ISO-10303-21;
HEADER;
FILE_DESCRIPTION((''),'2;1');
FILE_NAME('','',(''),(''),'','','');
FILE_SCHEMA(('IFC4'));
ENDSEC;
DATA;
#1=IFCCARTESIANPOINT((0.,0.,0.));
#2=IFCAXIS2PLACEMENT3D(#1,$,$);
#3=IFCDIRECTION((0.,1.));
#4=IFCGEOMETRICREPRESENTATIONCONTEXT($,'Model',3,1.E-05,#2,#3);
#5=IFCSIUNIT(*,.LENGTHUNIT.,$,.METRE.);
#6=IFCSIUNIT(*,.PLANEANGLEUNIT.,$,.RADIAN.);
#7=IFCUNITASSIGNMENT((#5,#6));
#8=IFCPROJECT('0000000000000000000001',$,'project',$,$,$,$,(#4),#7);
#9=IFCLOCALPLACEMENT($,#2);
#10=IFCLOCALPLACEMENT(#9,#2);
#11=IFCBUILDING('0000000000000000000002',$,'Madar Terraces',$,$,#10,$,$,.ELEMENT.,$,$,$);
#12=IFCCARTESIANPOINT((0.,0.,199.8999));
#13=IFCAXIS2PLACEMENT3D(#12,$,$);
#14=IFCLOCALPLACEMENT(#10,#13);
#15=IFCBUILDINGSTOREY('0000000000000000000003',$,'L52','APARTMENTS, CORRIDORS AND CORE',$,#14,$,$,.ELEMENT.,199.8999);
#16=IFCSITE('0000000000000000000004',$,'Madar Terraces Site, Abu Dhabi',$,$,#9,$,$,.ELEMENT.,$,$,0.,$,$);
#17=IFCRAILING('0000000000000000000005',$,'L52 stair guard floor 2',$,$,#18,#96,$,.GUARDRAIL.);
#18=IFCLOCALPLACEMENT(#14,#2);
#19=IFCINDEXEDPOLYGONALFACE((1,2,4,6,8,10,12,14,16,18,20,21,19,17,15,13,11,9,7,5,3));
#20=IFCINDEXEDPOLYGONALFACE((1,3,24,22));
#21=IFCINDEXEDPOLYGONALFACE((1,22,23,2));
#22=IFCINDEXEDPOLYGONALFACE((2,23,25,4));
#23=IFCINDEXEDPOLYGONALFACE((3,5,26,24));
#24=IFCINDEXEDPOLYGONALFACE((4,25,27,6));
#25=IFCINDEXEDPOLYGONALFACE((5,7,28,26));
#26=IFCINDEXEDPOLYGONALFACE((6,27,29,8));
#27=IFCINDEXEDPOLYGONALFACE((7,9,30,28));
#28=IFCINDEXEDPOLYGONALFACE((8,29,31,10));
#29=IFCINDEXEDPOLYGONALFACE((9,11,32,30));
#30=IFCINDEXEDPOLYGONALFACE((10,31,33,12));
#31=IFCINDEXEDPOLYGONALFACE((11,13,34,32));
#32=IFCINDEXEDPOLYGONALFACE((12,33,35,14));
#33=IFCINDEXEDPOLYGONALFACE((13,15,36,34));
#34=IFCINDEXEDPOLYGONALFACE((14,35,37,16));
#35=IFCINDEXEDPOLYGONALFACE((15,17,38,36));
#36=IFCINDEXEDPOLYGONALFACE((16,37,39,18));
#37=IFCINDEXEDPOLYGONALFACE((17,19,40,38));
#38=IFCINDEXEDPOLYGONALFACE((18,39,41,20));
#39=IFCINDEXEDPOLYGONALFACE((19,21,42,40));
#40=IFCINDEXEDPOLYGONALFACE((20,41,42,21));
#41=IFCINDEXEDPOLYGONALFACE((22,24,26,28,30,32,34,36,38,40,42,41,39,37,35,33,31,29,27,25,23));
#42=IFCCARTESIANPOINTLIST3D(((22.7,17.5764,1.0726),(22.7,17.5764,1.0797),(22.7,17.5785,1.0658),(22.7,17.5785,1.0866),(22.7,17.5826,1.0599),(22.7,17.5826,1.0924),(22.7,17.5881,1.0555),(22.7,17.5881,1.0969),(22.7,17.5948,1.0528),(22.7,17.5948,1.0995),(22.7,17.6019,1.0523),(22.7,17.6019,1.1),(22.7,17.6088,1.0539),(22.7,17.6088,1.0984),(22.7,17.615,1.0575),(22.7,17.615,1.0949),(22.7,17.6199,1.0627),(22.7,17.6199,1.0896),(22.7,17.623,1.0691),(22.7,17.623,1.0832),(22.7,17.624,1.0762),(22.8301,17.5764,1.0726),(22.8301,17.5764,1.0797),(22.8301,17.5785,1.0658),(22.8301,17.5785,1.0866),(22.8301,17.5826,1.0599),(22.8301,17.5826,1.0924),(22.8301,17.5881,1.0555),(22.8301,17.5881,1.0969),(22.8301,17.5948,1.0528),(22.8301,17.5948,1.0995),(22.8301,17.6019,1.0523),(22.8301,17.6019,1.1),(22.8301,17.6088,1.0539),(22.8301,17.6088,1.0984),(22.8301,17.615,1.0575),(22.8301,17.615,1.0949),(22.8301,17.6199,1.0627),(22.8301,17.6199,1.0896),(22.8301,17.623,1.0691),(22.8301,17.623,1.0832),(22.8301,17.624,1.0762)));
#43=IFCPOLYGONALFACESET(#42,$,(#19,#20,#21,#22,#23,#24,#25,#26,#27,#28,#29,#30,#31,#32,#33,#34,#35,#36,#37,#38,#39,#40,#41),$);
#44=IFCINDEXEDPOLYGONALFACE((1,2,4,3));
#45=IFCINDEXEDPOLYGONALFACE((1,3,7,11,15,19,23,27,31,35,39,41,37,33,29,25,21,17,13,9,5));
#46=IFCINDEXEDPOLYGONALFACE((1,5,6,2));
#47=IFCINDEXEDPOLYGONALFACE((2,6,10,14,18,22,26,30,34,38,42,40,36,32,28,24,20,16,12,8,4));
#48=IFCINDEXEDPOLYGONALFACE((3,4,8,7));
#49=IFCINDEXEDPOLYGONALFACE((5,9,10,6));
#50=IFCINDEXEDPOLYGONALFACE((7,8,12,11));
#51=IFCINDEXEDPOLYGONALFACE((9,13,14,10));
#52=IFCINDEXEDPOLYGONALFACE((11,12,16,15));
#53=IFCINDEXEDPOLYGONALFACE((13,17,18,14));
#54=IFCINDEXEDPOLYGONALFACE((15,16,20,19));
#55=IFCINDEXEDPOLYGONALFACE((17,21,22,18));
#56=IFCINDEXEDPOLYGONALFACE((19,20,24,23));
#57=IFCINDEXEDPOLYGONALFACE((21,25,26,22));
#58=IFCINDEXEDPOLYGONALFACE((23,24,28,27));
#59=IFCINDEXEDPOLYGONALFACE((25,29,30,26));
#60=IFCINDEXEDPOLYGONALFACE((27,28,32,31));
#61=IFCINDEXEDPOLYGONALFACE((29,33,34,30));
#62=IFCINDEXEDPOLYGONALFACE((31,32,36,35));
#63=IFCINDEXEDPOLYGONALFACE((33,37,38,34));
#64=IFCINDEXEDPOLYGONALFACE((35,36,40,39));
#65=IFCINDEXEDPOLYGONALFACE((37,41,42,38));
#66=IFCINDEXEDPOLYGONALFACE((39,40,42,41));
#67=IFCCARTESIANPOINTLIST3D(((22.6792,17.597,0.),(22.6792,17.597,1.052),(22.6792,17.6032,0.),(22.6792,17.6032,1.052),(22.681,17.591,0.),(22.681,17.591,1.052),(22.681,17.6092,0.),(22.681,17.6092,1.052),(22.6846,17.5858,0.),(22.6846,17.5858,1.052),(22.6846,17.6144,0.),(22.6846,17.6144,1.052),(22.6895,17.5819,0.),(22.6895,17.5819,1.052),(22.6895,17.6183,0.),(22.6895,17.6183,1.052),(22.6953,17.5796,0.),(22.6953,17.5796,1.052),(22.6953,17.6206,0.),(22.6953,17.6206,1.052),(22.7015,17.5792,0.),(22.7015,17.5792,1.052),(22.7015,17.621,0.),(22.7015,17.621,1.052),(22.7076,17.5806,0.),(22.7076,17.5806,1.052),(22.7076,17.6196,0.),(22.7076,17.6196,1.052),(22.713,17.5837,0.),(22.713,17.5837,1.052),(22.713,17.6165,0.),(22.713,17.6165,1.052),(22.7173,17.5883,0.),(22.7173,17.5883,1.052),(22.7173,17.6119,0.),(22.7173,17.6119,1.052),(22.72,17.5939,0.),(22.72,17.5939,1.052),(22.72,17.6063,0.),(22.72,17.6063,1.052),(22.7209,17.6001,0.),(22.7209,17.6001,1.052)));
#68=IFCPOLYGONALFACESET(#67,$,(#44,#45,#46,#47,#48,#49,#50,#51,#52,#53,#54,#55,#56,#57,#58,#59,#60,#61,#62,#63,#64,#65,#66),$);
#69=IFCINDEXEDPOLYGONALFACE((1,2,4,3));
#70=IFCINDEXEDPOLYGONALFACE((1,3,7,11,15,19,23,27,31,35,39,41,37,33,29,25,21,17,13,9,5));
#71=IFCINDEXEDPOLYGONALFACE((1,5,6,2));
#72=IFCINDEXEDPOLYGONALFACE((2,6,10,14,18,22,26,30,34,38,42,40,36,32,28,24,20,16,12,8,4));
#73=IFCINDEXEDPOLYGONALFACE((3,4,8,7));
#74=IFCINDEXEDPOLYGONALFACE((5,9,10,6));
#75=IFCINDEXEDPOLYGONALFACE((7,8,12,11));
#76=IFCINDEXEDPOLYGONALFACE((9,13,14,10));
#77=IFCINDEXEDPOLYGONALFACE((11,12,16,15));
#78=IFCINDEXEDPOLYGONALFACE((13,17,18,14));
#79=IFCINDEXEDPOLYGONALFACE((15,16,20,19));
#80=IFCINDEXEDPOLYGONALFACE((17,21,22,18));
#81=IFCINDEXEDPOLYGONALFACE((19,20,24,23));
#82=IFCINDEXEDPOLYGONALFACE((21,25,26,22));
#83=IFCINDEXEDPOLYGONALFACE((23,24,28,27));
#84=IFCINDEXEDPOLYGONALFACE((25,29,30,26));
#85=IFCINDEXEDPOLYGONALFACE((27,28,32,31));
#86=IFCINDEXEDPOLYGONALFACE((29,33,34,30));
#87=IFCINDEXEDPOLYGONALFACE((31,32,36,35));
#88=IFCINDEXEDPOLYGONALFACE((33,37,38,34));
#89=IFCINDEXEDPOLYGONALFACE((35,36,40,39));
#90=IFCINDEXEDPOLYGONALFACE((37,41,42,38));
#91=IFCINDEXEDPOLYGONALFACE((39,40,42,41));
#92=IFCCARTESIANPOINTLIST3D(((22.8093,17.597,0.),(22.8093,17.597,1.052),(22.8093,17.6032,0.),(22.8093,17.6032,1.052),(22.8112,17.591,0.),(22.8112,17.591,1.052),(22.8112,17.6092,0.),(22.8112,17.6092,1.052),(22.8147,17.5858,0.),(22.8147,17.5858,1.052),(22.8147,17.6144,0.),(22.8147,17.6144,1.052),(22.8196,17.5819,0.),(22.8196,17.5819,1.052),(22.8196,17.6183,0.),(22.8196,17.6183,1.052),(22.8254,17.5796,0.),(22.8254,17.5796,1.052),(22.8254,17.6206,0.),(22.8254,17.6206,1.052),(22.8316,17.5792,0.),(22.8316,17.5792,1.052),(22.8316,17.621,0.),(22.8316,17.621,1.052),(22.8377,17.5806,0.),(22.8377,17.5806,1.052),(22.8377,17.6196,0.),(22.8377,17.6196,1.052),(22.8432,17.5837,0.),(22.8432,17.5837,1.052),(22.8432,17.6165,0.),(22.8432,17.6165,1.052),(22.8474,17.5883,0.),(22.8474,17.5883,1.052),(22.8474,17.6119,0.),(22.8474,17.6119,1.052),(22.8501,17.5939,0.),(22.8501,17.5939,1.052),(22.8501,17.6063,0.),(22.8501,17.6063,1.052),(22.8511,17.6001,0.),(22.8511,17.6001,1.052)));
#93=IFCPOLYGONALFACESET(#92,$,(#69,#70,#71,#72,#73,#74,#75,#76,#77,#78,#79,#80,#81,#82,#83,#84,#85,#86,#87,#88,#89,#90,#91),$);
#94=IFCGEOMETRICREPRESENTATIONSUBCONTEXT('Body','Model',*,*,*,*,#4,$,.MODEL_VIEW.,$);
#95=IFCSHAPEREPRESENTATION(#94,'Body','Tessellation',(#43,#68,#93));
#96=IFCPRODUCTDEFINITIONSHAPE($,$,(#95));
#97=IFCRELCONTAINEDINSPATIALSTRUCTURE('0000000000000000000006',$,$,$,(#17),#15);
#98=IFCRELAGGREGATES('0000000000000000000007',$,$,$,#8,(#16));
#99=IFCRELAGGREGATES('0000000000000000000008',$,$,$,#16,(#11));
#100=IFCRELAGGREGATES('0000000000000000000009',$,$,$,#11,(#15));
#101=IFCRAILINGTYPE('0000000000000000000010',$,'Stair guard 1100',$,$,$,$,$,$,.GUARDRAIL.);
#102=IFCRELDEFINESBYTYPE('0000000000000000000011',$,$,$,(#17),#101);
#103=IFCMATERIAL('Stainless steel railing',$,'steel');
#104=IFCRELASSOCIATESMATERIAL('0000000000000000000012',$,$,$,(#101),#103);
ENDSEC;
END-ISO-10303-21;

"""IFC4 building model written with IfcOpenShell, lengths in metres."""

from ifc_helpers import new_model, si_unit, direction, frame, origin, origin_2d, place, context, subcontext, project, spatial, circle, extrude, material, type_object, element, save


model = new_model("IFC4")

# Units and contexts
model_context = context("Model", 3, precision=1e-05, world=origin(), true_north=direction((0.0, 1.0)))
body_context = subcontext(model_context, "Body", "Model", "MODEL_VIEW")
ifc_project = project(units=[si_unit("LENGTHUNIT", "METRE"), si_unit("PLANEANGLEUNIT", "RADIAN")], contexts=[model_context])

# Site, building, storey
site_placement = place(None, origin())
site = spatial("IfcSite", under=ifc_project, at=site_placement, Name="Madar Terraces Site, Abu Dhabi", CompositionType="ELEMENT", RefElevation=0.0)
building_placement = place(site_placement, origin())
building = spatial("IfcBuilding", under=site, at=building_placement, Name="Madar Terraces", CompositionType="ELEMENT")
storey_placement = place(building_placement, frame((0.0, 0.0, 199.8999)))
storey = spatial("IfcBuildingStorey", under=building, at=storey_placement, Name="L52", Description="APARTMENTS, CORRIDORS AND CORE", CompositionType="ELEMENT", Elevation=199.8999)

# Railing
ifc_material_1 = material(Name="Stainless steel railing", Category="steel")
railing_type_1 = type_object("IfcRailingType", Name="Stair guard 1100", PredefinedType="GUARDRAIL", material=ifc_material_1)
railing_1_placement = place(storey_placement, frame((22.7, 17.6001, 0.0)))
element("IfcRailing", 1, at=railing_1_placement, inside=storey, type_object=railing_type_1, Name="L52 stair guard floor 2", PredefinedType="GUARDRAIL", context=body_context, shape_type="SweptSolid", body=[
    extrude(circle(Radius=0.0239, at=origin_2d()), frame((0.0, 0.0, 1.0762), z_axis=(1.0, 0.0, 0.0), x_axis=(0.0, 1.0, 0.0)), (0.0, 0.0, 1.0), 0.1301),
    extrude(circle(Radius=0.021, at=origin_2d()), origin(), (0.0, 0.0, 1.0), 1.052),
    extrude(circle(Radius=0.021, at=origin_2d()), frame((0.1301, 0.0, 0.0)), (0.0, 0.0, 1.0), 1.052),
])

save(model, "model.ifc")
